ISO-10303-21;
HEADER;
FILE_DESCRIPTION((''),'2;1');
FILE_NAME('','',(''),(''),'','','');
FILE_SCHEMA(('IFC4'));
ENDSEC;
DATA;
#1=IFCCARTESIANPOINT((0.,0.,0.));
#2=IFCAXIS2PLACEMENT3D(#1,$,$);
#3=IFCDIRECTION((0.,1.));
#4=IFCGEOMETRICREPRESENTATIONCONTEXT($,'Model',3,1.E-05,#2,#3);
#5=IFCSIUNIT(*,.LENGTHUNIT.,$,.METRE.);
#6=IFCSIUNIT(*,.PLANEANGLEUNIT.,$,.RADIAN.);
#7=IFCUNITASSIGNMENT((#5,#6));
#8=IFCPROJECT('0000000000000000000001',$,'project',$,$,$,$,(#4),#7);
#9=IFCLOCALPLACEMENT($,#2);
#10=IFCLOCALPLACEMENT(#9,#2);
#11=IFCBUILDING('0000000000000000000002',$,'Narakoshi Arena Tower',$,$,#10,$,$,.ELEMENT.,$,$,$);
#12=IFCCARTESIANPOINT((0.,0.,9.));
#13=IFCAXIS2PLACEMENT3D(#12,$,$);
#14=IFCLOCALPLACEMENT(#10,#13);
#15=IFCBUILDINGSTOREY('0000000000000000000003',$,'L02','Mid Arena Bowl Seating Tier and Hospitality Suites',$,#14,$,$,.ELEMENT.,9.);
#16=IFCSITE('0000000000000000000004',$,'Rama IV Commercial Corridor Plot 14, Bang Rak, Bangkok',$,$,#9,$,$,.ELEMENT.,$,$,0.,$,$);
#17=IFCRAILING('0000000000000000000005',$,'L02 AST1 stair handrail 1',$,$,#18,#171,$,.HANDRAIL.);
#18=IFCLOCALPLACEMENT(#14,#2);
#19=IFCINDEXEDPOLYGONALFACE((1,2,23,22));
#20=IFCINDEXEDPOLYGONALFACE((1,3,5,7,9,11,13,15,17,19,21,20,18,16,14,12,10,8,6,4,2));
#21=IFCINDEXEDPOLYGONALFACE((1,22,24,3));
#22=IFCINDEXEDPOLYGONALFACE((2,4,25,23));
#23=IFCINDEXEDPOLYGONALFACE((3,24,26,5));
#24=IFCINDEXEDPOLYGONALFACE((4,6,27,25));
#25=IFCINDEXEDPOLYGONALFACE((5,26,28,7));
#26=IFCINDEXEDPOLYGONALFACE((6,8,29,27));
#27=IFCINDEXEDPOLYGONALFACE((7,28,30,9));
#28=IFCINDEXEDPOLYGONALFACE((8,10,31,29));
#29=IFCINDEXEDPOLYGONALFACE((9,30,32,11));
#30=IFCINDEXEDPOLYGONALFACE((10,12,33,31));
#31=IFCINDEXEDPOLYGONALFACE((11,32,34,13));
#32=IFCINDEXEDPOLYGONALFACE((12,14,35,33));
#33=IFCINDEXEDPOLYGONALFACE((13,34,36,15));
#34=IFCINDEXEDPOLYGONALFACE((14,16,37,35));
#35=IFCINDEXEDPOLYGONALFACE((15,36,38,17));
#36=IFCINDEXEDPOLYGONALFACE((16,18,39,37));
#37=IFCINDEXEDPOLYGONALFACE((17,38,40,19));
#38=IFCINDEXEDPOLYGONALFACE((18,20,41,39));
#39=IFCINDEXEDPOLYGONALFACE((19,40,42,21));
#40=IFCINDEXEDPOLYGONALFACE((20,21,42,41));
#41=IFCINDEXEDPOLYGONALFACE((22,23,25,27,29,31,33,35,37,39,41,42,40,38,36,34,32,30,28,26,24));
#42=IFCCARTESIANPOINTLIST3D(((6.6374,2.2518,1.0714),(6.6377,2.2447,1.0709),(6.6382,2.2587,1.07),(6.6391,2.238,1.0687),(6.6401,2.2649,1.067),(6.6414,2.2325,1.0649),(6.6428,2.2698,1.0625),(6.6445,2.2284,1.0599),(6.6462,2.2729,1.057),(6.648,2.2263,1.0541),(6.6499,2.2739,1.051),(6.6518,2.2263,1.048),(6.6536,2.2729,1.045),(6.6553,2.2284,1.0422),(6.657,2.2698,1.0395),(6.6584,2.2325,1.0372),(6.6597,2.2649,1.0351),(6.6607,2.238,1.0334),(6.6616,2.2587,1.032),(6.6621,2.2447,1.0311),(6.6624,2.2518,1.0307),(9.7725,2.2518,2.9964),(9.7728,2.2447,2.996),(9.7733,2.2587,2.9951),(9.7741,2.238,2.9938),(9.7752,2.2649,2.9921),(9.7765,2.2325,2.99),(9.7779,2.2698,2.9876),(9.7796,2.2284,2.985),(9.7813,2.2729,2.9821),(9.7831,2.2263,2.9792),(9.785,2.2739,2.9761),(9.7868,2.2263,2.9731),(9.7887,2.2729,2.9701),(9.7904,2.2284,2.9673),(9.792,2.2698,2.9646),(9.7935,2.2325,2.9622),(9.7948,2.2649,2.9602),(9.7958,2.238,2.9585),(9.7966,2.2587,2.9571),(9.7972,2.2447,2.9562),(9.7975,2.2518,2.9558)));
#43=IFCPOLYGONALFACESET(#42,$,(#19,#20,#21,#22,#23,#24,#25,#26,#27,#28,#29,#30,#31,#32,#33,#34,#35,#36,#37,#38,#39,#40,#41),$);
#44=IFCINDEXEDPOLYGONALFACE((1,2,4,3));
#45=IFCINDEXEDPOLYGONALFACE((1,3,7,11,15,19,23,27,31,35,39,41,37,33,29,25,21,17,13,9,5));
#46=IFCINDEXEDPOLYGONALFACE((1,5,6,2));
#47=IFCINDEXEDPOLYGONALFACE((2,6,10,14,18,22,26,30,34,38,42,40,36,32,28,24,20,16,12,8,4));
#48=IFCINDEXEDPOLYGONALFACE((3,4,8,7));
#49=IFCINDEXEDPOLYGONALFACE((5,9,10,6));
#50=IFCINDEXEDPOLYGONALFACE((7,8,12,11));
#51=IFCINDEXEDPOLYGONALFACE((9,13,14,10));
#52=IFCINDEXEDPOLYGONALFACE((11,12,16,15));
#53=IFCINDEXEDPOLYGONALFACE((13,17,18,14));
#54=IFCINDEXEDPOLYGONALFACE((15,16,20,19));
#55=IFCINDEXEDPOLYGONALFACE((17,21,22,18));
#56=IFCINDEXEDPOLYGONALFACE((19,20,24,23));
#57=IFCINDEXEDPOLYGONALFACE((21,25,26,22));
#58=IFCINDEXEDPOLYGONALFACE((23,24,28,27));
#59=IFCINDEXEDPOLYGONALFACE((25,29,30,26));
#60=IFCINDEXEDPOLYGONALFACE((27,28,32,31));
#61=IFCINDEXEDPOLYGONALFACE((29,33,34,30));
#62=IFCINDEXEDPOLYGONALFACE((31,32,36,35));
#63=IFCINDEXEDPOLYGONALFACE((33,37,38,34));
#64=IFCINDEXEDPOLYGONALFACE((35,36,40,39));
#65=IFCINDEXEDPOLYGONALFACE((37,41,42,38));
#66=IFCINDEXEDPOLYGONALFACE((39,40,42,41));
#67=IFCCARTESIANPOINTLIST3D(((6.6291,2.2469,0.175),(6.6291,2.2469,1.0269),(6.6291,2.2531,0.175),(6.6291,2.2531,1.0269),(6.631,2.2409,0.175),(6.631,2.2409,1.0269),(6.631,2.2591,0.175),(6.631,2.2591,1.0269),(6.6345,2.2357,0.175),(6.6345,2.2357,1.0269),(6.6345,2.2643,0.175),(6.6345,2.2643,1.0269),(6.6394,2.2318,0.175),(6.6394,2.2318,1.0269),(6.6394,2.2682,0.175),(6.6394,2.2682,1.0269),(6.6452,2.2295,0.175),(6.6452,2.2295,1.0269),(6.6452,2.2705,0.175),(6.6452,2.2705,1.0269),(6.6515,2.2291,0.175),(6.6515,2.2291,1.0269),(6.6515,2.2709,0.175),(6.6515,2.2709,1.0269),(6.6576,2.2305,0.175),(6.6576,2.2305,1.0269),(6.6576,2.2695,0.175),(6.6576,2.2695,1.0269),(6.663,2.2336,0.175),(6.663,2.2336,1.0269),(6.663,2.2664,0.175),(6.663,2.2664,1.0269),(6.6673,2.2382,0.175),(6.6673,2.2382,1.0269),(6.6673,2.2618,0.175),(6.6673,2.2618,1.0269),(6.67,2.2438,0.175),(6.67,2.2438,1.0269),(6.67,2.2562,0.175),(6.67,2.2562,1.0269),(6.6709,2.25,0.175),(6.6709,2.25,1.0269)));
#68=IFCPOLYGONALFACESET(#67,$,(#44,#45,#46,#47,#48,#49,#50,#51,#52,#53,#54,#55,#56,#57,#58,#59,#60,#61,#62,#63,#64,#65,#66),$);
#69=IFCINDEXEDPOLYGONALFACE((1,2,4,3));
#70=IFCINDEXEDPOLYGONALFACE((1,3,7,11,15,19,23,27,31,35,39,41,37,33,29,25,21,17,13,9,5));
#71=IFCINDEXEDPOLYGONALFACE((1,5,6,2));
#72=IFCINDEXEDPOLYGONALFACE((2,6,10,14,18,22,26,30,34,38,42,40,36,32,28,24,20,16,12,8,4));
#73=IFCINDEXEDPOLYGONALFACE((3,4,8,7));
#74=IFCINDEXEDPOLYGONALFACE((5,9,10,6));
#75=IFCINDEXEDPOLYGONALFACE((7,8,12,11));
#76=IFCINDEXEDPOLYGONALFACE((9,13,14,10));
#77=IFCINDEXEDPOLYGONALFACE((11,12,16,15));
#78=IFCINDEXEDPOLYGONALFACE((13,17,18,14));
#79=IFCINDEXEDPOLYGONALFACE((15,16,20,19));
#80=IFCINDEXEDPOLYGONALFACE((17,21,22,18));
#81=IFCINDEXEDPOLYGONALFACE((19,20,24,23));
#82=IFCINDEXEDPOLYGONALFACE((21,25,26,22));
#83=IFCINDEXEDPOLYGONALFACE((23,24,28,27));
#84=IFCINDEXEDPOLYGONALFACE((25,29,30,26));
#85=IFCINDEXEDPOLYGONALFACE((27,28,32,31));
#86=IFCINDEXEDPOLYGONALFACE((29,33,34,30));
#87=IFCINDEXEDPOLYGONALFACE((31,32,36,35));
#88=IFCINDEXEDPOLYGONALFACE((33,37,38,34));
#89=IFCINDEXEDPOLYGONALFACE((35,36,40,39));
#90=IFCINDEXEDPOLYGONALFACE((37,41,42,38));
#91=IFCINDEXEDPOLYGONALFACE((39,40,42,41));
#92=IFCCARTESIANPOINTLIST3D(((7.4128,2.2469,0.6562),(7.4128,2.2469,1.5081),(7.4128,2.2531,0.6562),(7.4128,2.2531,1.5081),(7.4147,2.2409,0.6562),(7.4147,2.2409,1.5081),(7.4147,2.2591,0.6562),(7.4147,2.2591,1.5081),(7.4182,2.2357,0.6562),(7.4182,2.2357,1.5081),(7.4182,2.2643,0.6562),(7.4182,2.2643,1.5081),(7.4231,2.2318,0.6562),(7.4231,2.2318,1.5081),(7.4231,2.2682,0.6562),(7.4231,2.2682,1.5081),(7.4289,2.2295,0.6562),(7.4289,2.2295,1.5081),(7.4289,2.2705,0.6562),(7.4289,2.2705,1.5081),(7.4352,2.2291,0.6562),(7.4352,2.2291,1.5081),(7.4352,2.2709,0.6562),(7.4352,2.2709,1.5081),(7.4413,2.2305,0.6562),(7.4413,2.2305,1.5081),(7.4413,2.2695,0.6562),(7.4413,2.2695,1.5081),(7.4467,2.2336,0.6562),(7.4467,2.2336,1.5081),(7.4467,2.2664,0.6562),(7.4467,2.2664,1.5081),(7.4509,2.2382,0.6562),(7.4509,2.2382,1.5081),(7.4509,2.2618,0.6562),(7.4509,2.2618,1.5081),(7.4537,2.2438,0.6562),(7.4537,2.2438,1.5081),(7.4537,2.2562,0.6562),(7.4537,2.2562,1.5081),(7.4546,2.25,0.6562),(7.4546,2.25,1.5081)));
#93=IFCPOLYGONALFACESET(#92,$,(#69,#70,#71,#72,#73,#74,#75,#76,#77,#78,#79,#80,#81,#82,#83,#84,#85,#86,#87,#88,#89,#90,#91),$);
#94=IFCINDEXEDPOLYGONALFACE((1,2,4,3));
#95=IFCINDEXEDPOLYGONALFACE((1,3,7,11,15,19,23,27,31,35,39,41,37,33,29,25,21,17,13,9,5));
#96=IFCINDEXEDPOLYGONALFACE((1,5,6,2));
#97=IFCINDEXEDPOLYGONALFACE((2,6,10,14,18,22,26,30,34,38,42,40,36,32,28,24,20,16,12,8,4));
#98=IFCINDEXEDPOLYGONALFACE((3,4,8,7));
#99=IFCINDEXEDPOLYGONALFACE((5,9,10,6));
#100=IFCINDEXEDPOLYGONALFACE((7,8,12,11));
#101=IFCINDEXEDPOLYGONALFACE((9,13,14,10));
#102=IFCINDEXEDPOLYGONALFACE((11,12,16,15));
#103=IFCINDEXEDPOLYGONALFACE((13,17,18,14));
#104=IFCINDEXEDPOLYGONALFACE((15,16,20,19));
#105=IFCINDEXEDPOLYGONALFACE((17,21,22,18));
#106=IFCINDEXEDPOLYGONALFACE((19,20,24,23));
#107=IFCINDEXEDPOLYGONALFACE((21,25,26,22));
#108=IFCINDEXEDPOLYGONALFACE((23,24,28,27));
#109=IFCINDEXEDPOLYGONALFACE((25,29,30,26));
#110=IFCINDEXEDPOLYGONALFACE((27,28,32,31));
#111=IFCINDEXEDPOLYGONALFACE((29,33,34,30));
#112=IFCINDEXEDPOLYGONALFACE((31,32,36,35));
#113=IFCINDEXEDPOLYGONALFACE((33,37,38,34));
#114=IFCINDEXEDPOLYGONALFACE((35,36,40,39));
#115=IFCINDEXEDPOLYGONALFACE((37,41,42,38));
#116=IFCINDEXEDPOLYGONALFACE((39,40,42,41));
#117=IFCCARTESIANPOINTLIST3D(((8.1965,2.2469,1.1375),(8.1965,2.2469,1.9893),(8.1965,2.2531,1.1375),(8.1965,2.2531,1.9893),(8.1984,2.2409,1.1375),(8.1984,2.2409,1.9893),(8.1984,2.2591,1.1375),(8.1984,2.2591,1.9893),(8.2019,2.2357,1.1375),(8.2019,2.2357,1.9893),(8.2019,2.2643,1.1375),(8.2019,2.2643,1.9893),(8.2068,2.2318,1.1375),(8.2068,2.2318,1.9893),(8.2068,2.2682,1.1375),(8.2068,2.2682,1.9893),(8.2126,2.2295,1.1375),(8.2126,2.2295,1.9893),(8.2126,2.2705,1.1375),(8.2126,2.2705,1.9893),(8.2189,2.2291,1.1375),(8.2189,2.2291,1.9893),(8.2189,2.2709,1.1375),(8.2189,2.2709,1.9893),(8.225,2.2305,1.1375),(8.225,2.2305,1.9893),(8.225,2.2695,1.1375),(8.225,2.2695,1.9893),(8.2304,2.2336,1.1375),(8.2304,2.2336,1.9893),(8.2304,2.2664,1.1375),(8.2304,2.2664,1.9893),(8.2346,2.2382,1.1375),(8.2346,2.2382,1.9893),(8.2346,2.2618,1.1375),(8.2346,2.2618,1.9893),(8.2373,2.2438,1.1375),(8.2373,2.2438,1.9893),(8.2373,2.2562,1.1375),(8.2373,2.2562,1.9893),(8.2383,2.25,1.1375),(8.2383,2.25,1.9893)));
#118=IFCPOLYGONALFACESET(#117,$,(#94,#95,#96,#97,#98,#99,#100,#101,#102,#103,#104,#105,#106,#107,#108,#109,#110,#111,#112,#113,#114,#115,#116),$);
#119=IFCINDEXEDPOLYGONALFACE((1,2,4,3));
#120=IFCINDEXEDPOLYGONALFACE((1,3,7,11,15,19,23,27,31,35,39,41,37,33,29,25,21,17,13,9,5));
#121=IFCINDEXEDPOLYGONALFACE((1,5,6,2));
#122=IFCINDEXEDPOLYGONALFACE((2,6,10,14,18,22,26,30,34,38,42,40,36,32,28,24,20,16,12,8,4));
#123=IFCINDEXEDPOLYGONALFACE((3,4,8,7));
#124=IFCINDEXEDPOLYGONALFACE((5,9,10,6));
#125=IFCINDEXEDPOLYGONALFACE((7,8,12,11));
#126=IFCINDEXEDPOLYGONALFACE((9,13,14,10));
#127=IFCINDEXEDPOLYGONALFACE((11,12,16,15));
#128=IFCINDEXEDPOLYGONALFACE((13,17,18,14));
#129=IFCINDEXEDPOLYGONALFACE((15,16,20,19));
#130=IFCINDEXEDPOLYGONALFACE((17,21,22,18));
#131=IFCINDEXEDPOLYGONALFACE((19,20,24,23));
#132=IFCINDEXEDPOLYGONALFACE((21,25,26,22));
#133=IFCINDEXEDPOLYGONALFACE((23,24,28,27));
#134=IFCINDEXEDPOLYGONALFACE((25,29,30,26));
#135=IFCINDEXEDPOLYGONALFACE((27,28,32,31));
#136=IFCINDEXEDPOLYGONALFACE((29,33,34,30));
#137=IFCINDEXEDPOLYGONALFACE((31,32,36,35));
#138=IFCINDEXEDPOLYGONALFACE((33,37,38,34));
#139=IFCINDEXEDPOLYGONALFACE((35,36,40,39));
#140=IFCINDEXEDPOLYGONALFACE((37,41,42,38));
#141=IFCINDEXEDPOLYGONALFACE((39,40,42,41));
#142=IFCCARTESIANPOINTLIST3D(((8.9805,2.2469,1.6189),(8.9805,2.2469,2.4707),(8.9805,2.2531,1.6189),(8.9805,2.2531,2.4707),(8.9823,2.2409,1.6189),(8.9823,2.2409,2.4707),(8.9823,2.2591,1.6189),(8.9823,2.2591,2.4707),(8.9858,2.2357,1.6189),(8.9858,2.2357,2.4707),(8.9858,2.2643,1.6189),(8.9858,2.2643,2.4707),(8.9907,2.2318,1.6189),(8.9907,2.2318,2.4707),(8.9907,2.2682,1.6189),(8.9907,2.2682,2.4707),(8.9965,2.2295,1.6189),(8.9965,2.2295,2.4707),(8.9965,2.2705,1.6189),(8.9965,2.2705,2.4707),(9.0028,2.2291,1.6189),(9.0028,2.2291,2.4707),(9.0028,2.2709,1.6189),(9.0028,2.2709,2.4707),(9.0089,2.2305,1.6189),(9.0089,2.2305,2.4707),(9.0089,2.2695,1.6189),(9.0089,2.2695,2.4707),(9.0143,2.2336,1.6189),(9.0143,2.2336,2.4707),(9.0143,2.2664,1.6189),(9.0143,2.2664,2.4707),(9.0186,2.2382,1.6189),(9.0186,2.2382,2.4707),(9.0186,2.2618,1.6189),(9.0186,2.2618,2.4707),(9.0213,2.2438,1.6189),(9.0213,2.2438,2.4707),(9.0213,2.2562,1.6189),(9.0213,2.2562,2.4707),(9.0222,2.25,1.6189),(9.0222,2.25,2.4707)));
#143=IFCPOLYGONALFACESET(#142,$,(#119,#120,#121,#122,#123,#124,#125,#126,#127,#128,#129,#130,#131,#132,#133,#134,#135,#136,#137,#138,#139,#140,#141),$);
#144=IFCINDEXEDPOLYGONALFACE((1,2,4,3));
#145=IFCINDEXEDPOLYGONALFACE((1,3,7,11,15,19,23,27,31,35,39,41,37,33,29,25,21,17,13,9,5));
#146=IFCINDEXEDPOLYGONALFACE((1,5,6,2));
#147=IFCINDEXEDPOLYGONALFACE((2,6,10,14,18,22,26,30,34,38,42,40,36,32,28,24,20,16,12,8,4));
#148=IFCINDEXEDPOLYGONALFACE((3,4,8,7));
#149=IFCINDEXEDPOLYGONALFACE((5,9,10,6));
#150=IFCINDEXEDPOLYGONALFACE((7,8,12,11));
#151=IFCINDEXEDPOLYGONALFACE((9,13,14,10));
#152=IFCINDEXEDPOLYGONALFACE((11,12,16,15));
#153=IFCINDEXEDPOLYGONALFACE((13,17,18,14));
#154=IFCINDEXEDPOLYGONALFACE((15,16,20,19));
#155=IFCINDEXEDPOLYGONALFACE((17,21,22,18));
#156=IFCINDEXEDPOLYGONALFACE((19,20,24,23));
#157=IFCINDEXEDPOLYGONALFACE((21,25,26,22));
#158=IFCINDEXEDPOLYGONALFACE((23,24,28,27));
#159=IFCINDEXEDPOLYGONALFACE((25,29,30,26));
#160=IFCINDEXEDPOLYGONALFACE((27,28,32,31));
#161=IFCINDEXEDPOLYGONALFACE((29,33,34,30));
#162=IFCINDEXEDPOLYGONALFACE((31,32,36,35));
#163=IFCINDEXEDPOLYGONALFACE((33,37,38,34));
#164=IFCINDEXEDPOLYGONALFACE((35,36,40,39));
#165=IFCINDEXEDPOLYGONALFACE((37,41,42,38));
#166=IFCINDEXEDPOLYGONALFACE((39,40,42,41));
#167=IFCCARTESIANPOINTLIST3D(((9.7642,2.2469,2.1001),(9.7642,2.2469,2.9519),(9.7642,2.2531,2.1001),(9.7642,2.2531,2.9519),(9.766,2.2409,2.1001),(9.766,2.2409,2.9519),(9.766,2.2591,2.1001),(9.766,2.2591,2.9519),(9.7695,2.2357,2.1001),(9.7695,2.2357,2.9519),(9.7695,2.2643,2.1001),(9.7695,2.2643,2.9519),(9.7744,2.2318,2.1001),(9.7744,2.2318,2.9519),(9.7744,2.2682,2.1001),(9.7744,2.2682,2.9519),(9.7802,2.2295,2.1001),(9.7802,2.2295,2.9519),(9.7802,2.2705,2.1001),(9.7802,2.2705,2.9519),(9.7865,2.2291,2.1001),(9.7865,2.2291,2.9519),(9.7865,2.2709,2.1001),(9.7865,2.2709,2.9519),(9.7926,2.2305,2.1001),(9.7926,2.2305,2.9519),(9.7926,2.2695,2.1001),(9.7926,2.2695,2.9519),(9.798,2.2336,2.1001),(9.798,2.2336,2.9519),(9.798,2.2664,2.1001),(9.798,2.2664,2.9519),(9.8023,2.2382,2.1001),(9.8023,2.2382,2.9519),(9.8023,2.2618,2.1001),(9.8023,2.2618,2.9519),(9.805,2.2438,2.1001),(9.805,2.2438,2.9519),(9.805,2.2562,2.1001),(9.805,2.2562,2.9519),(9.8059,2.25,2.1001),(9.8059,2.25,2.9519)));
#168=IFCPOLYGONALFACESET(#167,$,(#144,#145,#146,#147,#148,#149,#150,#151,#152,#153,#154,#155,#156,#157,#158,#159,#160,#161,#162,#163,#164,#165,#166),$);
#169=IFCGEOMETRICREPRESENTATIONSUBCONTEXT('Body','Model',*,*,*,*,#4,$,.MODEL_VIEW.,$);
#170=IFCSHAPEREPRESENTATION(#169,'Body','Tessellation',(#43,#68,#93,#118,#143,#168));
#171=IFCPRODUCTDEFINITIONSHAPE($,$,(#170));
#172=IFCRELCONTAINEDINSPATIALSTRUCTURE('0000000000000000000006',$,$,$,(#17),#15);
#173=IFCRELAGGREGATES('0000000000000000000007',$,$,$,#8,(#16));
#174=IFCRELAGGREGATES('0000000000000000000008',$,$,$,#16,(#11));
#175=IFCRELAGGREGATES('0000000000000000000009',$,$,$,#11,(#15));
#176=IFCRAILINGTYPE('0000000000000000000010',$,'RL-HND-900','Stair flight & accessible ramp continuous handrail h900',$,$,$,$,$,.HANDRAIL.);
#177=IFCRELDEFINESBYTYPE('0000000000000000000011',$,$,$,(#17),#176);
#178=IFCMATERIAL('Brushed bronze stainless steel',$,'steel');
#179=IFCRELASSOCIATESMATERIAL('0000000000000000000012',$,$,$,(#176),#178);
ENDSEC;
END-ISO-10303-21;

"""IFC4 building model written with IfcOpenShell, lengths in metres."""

from ifc_helpers import new_model, si_unit, direction, frame, origin, origin_2d, place, context, subcontext, project, spatial, circle, extrude, material, type_object, element, save


model = new_model("IFC4")

# Units and contexts
model_context = context("Model", 3, precision=1e-05, world=origin(), true_north=direction((0.0, 1.0)))
body_context = subcontext(model_context, "Body", "Model", "MODEL_VIEW")
ifc_project = project(units=[si_unit("LENGTHUNIT", "METRE"), si_unit("PLANEANGLEUNIT", "RADIAN")], contexts=[model_context])

# Site, building, storey
site_placement = place(None, origin())
site = spatial("IfcSite", under=ifc_project, at=site_placement, Name="Rama IV Commercial Corridor Plot 14, Bang Rak, Bangkok", CompositionType="ELEMENT", RefElevation=0.0)
building_placement = place(site_placement, origin())
building = spatial("IfcBuilding", under=site, at=building_placement, Name="Narakoshi Arena Tower", CompositionType="ELEMENT")
storey_placement = place(building_placement, frame((0.0, 0.0, 9.0)))
storey = spatial("IfcBuildingStorey", under=building, at=storey_placement, Name="L02", Description="Mid Arena Bowl Seating Tier and Hospitality Suites", CompositionType="ELEMENT", Elevation=9.0)

# Railing
ifc_material_1 = material(Name="Brushed bronze stainless steel", Category="steel")
railing_type_1 = type_object("IfcRailingType", Name="RL-HND-900", Description="Stair flight & accessible ramp continuous handrail h900", PredefinedType="HANDRAIL", material=ifc_material_1)
for number, where, name in (
    (1, (6.6499, 2.25, 0.175), "L02 AST1 stair handrail 1"),
):
    element("IfcRailing", number, at=place(storey_placement, frame(where)), inside=storey, type_object=railing_type_1, Name=name, PredefinedType="HANDRAIL", context=body_context, shape_type="SweptSolid", body=[
        extrude(circle(Radius=0.0239, at=origin_2d()), frame((0.0, 0.0, 0.876), z_axis=(0.852166, 0.0, 0.523271), x_axis=(0.0, 1.0, 0.0)), (0.0, 0.0, 1.0), 3.679),
        extrude(circle(Radius=0.021, at=origin_2d()), origin(), (0.0, 0.0, 1.0), 0.8518),
        extrude(circle(Radius=0.021, at=origin_2d()), frame((0.7837, 0.0, 0.4812)), (0.0, 0.0, 1.0), 0.8518),
        extrude(circle(Radius=0.021, at=origin_2d()), frame((1.5674, 0.0, 0.9624)), (0.0, 0.0, 1.0), 0.8518),
        extrude(circle(Radius=0.021, at=origin_2d()), frame((2.3513, 0.0, 1.4438)), (0.0, 0.0, 1.0), 0.8518),
        extrude(circle(Radius=0.021, at=origin_2d()), frame((3.135, 0.0, 1.925)), (0.0, 0.0, 1.0), 0.8518),
    ])

save(model, "model.ifc")
